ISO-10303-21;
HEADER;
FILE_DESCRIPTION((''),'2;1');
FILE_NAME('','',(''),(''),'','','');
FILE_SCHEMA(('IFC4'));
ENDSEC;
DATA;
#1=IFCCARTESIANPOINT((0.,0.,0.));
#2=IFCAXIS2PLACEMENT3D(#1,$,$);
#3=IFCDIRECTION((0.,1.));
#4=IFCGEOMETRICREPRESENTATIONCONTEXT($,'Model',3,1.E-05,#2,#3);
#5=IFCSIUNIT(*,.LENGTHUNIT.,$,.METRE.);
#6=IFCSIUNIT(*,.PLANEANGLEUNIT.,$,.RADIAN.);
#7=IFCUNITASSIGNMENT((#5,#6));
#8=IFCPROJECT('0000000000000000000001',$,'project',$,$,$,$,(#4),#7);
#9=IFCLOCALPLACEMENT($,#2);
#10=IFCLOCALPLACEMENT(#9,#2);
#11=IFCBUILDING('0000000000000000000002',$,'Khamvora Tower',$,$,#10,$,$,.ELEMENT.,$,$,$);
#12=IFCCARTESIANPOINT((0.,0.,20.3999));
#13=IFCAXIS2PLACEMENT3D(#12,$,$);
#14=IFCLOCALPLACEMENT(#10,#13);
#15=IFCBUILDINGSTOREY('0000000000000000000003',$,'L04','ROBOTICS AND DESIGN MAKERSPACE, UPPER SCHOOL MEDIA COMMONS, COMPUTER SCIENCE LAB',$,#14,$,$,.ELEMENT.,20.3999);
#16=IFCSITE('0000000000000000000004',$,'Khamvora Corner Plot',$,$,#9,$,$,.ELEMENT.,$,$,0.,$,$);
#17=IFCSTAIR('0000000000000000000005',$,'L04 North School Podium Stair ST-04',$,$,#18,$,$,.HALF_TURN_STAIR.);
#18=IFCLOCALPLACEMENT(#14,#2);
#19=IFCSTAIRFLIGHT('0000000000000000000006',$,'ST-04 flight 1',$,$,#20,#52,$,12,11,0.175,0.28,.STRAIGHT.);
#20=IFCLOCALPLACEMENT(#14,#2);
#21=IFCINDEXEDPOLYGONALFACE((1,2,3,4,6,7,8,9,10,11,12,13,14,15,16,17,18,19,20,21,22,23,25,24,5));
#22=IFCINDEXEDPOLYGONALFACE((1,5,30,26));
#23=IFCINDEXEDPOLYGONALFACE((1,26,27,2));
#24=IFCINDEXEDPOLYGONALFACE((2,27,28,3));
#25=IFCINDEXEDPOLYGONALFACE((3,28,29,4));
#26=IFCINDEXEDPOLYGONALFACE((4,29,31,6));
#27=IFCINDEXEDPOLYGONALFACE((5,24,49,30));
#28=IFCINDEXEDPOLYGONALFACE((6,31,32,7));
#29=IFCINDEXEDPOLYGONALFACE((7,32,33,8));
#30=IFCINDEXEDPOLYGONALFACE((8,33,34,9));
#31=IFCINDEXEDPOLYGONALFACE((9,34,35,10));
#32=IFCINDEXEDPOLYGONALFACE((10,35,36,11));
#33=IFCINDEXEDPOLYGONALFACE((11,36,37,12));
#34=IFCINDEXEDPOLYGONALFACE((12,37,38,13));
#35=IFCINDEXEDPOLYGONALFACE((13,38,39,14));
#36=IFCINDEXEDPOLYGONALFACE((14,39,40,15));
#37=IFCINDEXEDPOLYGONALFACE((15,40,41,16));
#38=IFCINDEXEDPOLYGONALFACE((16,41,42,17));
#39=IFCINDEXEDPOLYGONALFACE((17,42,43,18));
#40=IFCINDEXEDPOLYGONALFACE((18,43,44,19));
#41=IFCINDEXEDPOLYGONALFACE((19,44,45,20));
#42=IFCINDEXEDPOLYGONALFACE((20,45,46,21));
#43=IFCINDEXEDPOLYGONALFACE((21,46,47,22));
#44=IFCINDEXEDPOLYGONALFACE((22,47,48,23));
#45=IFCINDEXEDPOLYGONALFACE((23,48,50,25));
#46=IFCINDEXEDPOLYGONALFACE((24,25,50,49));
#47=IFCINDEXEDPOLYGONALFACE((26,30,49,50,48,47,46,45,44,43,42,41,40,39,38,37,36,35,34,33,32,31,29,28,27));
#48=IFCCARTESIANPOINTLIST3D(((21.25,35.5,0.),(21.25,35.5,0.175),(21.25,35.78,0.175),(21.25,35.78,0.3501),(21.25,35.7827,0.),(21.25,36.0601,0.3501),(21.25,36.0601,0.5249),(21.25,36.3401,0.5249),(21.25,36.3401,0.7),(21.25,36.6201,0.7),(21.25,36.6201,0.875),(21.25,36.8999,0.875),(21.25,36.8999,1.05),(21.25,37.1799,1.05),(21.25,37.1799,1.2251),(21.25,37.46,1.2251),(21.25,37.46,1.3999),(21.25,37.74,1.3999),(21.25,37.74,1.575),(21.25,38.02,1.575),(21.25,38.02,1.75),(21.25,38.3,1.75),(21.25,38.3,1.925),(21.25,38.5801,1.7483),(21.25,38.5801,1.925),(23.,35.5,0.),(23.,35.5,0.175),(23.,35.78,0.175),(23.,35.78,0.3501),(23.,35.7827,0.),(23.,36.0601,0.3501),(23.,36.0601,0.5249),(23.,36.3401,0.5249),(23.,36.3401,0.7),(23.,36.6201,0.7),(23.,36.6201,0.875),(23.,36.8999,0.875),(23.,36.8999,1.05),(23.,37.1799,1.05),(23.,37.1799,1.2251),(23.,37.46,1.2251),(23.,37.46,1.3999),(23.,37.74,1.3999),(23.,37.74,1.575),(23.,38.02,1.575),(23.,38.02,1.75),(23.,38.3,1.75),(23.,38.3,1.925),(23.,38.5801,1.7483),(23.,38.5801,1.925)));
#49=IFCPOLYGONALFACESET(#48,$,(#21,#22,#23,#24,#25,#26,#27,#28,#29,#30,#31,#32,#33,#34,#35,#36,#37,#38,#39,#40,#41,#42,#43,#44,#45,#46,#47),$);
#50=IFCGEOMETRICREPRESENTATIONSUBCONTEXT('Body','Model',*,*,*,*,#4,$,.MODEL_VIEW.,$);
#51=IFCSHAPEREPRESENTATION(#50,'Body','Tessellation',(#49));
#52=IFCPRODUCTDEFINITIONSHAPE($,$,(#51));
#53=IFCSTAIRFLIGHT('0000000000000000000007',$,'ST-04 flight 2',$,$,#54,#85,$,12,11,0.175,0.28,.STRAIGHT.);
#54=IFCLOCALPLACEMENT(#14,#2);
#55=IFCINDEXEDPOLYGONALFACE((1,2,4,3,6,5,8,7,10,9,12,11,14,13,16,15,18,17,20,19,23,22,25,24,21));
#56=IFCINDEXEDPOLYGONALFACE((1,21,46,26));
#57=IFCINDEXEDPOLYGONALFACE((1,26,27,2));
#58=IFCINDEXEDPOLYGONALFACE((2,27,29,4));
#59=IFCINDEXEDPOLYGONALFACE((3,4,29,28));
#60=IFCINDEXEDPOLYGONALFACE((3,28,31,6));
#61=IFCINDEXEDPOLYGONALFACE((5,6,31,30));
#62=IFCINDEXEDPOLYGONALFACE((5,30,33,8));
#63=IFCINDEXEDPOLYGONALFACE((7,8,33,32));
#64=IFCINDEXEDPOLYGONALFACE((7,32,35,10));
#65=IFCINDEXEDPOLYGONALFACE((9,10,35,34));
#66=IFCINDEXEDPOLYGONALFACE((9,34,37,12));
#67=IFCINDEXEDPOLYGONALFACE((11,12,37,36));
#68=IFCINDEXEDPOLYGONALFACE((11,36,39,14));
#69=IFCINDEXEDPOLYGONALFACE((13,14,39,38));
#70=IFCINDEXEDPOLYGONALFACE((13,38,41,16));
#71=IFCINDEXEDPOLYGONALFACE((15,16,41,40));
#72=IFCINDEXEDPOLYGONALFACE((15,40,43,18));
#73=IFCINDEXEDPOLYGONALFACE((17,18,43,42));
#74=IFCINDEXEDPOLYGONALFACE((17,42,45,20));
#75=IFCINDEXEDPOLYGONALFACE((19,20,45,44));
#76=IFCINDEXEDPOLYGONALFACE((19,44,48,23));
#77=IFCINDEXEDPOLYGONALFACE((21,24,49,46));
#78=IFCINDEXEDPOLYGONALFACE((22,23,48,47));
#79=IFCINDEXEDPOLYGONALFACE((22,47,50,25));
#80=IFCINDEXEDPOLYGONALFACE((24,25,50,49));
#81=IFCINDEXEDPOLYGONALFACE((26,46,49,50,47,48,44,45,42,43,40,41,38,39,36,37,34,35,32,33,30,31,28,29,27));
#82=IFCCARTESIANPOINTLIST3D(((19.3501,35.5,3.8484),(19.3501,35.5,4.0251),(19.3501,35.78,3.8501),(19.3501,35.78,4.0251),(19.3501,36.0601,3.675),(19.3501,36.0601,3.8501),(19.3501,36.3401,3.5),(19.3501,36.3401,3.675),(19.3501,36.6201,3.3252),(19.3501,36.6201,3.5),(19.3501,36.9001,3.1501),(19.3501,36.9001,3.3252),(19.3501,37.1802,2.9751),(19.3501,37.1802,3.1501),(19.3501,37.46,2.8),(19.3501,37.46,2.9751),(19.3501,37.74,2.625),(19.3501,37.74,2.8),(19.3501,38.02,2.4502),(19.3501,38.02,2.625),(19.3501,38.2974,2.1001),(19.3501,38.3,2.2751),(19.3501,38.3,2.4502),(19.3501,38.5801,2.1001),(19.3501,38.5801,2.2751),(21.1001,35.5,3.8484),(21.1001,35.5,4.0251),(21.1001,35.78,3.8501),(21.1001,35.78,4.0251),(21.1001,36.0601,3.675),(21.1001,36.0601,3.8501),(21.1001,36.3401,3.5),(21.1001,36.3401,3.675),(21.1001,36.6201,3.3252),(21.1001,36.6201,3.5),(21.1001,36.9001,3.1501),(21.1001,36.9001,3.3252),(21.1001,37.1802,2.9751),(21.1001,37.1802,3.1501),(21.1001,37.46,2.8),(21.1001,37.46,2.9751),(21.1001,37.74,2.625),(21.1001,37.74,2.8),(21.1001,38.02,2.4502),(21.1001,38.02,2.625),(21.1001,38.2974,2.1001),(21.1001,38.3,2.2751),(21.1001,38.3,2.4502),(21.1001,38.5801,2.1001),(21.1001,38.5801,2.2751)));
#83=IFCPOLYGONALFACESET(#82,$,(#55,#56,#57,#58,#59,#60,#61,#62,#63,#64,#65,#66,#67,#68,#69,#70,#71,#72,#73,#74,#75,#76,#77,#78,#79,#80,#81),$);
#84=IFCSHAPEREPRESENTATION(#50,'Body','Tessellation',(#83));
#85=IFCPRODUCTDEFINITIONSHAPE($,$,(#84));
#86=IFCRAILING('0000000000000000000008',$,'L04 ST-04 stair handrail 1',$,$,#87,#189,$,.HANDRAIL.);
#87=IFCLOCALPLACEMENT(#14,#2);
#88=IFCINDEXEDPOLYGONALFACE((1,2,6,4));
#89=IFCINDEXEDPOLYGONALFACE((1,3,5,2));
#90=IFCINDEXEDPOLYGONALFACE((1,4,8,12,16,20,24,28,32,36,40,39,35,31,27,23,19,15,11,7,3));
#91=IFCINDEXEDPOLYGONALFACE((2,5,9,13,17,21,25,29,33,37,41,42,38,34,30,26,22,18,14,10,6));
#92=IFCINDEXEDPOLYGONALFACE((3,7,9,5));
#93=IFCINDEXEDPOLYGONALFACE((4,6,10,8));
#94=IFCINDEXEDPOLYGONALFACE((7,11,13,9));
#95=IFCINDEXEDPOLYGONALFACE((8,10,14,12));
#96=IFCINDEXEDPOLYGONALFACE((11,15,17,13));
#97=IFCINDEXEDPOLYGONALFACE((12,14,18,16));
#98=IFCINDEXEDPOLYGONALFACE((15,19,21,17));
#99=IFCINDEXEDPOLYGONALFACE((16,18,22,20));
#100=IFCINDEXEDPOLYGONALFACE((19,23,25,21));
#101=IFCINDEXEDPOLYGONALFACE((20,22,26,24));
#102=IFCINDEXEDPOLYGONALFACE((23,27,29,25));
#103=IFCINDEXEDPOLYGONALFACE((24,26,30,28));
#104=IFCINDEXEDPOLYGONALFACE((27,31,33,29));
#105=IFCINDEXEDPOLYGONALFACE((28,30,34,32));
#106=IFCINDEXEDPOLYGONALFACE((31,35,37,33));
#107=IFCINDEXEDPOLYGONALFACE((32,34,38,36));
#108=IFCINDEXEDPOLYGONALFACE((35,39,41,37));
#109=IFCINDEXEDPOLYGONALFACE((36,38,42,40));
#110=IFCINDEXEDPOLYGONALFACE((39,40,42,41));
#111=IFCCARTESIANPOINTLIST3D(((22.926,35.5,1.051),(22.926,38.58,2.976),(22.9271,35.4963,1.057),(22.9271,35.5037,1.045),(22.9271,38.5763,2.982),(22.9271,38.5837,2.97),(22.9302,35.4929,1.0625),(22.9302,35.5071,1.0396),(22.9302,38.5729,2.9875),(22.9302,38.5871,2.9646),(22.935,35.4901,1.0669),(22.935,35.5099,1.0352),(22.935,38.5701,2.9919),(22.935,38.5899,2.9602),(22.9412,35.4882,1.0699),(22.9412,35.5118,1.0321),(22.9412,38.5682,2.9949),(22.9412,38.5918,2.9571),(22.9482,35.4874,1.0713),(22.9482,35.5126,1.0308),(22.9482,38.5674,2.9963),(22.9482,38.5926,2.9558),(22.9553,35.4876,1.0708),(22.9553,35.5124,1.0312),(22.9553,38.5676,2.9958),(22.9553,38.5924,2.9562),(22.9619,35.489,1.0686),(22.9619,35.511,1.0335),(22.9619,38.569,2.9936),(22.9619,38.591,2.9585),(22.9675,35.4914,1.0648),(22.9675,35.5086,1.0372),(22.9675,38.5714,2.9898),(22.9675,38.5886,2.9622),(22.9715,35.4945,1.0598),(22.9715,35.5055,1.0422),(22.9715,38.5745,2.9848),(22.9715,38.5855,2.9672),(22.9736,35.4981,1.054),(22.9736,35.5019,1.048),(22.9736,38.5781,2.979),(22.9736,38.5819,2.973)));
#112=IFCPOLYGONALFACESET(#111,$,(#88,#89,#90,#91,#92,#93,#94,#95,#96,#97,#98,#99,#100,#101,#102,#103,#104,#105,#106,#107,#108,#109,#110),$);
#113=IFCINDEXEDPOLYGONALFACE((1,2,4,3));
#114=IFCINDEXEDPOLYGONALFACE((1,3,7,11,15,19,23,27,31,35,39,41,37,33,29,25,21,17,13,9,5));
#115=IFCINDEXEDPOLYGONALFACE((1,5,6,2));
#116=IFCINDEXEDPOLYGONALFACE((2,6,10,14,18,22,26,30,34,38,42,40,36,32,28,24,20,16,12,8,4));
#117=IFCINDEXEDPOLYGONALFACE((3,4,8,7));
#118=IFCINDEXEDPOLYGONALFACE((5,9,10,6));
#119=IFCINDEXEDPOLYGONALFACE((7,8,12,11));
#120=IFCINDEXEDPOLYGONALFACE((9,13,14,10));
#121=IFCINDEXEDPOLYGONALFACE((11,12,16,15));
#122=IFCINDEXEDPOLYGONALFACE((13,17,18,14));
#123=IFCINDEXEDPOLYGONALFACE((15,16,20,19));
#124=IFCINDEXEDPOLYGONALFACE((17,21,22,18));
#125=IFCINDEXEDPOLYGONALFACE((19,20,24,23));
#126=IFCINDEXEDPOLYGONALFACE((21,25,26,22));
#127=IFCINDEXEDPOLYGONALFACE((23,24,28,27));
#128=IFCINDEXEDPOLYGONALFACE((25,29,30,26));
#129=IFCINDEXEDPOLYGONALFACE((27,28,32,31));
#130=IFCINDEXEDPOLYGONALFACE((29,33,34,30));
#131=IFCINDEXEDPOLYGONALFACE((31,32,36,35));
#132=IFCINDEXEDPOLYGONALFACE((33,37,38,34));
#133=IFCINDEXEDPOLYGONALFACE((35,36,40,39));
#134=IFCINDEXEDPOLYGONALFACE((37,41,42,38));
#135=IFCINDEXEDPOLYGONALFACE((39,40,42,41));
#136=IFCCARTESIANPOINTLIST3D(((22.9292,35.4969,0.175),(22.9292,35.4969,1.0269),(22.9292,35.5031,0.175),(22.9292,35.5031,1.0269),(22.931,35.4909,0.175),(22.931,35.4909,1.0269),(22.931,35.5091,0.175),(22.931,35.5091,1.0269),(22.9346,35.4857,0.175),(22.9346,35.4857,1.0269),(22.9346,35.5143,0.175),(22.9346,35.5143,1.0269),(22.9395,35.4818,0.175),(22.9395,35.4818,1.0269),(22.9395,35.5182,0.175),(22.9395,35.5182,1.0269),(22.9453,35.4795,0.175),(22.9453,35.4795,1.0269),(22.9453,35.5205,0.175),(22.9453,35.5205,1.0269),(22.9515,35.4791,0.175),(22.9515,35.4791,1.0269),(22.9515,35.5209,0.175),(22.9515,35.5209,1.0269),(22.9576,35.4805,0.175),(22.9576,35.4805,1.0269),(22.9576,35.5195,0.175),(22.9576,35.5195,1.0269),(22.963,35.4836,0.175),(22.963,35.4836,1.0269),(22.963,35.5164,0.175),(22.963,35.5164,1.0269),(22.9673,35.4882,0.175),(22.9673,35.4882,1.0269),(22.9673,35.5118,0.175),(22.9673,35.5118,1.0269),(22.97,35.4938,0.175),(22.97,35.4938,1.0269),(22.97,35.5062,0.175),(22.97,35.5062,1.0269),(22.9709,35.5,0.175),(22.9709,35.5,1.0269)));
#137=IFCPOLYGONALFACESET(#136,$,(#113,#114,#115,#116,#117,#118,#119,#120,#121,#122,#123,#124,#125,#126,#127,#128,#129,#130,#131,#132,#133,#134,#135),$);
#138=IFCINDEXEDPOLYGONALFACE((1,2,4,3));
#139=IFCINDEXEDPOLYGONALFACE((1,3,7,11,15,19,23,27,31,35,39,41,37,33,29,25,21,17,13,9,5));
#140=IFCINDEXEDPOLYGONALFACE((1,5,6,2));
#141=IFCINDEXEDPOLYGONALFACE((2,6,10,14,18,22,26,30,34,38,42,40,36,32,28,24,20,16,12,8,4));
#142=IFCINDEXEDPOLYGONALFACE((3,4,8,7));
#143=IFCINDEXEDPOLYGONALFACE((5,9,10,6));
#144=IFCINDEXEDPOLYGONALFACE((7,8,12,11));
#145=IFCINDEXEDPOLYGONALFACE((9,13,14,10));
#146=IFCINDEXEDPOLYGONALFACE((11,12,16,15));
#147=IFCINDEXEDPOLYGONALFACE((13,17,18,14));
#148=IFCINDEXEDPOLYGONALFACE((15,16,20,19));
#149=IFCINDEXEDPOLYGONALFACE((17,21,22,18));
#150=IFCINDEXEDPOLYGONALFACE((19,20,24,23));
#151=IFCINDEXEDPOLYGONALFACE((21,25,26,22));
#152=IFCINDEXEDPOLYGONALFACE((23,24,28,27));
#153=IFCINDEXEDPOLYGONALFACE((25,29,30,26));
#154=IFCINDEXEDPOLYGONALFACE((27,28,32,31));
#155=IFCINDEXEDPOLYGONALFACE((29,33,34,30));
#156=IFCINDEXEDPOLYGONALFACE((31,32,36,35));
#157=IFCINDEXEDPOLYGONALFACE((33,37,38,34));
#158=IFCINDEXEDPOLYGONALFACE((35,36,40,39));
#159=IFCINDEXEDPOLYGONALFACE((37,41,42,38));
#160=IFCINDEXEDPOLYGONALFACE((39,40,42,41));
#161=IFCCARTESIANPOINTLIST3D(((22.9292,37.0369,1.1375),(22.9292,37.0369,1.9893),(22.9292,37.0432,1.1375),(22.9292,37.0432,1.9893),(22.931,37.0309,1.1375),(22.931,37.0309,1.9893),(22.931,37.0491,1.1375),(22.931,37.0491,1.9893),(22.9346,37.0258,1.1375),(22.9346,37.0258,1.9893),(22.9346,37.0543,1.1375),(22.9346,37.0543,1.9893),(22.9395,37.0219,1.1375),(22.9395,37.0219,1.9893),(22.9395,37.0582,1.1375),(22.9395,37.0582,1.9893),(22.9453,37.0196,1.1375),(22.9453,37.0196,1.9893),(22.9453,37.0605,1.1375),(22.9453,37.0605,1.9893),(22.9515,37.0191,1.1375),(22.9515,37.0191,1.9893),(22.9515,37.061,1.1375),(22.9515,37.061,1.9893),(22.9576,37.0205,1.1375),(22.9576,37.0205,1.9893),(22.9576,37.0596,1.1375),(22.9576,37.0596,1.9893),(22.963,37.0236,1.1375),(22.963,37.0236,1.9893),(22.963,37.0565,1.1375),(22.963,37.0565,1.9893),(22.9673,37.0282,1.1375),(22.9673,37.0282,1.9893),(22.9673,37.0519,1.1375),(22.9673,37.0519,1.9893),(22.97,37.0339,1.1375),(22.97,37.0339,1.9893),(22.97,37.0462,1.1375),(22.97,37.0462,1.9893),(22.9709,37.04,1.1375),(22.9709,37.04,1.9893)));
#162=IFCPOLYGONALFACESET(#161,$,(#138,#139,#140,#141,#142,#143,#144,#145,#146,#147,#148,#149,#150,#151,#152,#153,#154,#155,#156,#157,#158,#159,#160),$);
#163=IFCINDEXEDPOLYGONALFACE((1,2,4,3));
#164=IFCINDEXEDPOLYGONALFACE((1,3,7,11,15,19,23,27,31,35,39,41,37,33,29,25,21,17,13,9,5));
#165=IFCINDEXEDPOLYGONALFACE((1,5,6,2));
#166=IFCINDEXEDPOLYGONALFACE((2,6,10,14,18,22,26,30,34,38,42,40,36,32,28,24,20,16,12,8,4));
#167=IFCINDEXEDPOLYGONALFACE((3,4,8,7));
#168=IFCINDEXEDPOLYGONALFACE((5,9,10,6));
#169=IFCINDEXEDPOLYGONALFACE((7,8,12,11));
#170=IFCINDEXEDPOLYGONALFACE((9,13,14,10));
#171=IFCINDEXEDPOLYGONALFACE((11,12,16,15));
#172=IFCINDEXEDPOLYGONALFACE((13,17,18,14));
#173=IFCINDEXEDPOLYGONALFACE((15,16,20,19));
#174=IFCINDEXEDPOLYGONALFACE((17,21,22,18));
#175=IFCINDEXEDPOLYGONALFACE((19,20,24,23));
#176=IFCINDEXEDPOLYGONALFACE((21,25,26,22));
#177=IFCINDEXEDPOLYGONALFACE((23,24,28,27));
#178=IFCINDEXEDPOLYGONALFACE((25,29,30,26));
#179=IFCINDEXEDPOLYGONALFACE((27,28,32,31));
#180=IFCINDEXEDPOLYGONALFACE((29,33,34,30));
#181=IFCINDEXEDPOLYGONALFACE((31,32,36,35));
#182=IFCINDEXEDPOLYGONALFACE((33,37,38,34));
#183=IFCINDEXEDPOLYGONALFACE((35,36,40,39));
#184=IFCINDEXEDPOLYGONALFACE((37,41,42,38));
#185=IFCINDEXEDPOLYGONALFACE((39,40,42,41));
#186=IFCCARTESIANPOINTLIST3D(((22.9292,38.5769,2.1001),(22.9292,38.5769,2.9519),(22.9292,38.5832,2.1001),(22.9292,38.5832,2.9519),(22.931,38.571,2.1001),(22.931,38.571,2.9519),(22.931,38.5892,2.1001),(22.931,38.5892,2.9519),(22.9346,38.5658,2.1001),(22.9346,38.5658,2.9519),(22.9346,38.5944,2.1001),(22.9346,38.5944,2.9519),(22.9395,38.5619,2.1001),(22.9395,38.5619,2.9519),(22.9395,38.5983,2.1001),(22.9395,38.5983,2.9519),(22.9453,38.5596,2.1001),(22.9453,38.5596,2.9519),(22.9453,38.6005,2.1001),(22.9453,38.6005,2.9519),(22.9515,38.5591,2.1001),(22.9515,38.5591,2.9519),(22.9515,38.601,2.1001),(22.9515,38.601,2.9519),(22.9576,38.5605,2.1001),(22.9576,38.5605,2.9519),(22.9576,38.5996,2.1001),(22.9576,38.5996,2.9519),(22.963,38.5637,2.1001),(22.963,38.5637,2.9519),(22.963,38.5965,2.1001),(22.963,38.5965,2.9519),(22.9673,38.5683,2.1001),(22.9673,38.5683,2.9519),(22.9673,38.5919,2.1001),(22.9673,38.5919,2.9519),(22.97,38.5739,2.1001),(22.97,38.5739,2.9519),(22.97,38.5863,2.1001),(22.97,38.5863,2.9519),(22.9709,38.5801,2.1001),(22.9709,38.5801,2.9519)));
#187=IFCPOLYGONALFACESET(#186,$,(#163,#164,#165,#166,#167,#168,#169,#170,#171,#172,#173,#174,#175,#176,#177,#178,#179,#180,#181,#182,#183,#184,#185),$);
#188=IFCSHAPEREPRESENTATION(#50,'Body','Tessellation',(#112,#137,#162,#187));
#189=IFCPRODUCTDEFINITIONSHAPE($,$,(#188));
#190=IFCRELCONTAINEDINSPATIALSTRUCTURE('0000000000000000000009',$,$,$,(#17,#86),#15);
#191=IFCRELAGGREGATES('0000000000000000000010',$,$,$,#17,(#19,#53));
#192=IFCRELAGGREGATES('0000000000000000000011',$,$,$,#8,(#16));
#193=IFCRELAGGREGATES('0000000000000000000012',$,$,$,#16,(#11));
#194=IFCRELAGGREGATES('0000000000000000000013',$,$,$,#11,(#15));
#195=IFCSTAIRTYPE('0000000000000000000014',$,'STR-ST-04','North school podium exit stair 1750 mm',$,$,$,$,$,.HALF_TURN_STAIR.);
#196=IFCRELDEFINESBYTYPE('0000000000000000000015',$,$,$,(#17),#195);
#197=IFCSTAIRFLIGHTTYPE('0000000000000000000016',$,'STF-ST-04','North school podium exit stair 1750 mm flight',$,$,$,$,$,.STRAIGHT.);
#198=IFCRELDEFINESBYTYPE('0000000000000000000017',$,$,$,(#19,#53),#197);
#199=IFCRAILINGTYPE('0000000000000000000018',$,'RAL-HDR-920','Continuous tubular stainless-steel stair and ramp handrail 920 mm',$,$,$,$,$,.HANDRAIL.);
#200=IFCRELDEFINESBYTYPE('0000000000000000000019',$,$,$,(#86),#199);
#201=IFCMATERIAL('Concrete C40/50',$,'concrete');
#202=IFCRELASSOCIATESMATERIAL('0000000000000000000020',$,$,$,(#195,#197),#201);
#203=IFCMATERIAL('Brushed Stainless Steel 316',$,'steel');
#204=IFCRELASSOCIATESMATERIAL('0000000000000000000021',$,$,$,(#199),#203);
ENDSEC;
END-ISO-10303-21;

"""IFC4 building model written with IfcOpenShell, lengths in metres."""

from ifc_helpers import new_model, si_unit, direction, frame, origin, origin_2d, place, context, subcontext, project, spatial, polyline, circle, outline, extrude, material, type_object, element, aggregate, save


model = new_model("IFC4")

# Units and contexts
model_context = context("Model", 3, precision=1e-05, world=origin(), true_north=direction((0.0, 1.0)))
body_context = subcontext(model_context, "Body", "Model", "MODEL_VIEW")
ifc_project = project(units=[si_unit("LENGTHUNIT", "METRE"), si_unit("PLANEANGLEUNIT", "RADIAN")], contexts=[model_context])

# Site, building, storey
site_placement = place(None, origin())
site = spatial("IfcSite", under=ifc_project, at=site_placement, Name="Khamvora Corner Plot", CompositionType="ELEMENT", RefElevation=0.0)
building_placement = place(site_placement, origin())
building = spatial("IfcBuilding", under=site, at=building_placement, Name="Khamvora Tower", CompositionType="ELEMENT")
storey_placement = place(building_placement, frame((0.0, 0.0, 20.3999)))
storey = spatial("IfcBuildingStorey", under=building, at=storey_placement, Name="L04", Description="ROBOTICS AND DESIGN MAKERSPACE, UPPER SCHOOL MEDIA COMMONS, COMPUTER SCIENCE LAB", CompositionType="ELEMENT", Elevation=20.3999)

# Shared definitions
ifc_material_1 = material(Name="Concrete C40/50", Category="concrete")

# Stair, stair flights
stair_type = type_object("IfcStairType", Name="STR-ST-04", Description="North school podium exit stair 1750 mm", PredefinedType="HALF_TURN_STAIR", material=ifc_material_1)
stair_placement = place(storey_placement, origin())
stair = element("IfcStair", 1, at=stair_placement, inside=storey, type_object=stair_type, Name="L04 North School Podium Stair ST-04", PredefinedType="HALF_TURN_STAIR")
stair_flight_type = type_object("IfcStairFlightType", Name="STF-ST-04", Description="North school podium exit stair 1750 mm flight", PredefinedType="STRAIGHT", material=ifc_material_1)
stair_flight_1_placement = place(storey_placement, frame((22.125, 35.5, 0.0), z_axis=(0.0, 0.0, 1.0), x_axis=(0.0, 1.0, 0.0)))
stair_flight_1 = element("IfcStairFlight", 2, at=stair_flight_1_placement, type_object=stair_flight_type, Name="ST-04 flight 1", NumberOfRisers=12, NumberOfTreads=11, PredefinedType="STRAIGHT", RiserHeight=0.175, TreadLength=0.28, context=body_context, shape_type="SweptSolid", body=[
    extrude(outline(polyline([(0.0, 0.0), (0.0, 0.175), (0.28, 0.175), (0.28, 0.3501), (0.5601, 0.3501), (0.5601, 0.5249), (0.8401, 0.5249), (0.8401, 0.7), (1.1201, 0.7), (1.1201, 0.875), (1.3999, 0.875), (1.3999, 1.05), (1.6799, 1.05), (1.6799, 1.2251), (1.96, 1.2251), (1.96, 1.3999), (2.24, 1.3999), (2.24, 1.575), (2.52, 1.575), (2.52, 1.75), (2.8, 1.75), (2.8, 1.925), (3.0801, 1.925), (3.0801, 2.1001), (3.0801, 1.7483), (0.2827, 0.0), (0.0, 0.0)])), frame((0.0, 0.875, 0.0), z_axis=(0.0, -1.0, 0.0), x_axis=(1.0, 0.0, 0.0)), (0.0, 0.0, 1.0), 1.75),
])
stair_flight_2_placement = place(storey_placement, frame((20.2251, 38.5801, 2.1001), z_axis=(0.0, 0.0, 1.0), x_axis=(0.0, -1.0, 0.0)))
stair_flight_2 = element("IfcStairFlight", 3, at=stair_flight_2_placement, type_object=stair_flight_type, Name="ST-04 flight 2", NumberOfRisers=12, NumberOfTreads=11, PredefinedType="STRAIGHT", RiserHeight=0.175, TreadLength=0.28, context=body_context, shape_type="SweptSolid", body=[
    extrude(outline(polyline([(0.0, 0.0), (0.0, 0.175), (0.28, 0.175), (0.28, 0.3501), (0.5601, 0.3501), (0.5601, 0.5249), (0.8401, 0.5249), (0.8401, 0.7), (1.1201, 0.7), (1.1201, 0.875), (1.3999, 0.875), (1.3999, 1.05), (1.6799, 1.05), (1.6799, 1.2251), (1.96, 1.2251), (1.96, 1.3999), (2.24, 1.3999), (2.24, 1.575), (2.52, 1.575), (2.52, 1.75), (2.8, 1.75), (2.8, 1.925), (3.0801, 1.925), (3.0801, 2.1001), (3.0801, 1.7483), (0.2827, 0.0), (0.0, 0.0)])), frame((0.0, 0.875, 0.0), z_axis=(0.0, -1.0, 0.0), x_axis=(1.0, 0.0, 0.0)), (0.0, 0.0, 1.0), 1.75),
])
aggregate(stair, [stair_flight_1, stair_flight_2])

# Railing
ifc_material_2 = material(Name="Brushed Stainless Steel 316", Category="steel")
railing_type_1 = type_object("IfcRailingType", Name="RAL-HDR-920", Description="Continuous tubular stainless-steel stair and ramp handrail 920 mm", PredefinedType="HANDRAIL", material=ifc_material_2)
railing_1_placement = place(storey_placement, frame((22.95, 35.5, 0.175)))
element("IfcRailing", 4, at=railing_1_placement, inside=storey, type_object=railing_type_1, Name="L04 ST-04 stair handrail 1", PredefinedType="HANDRAIL", context=body_context, shape_type="SweptSolid", body=[
    extrude(circle(Radius=0.0239, at=origin_2d()), frame((0.0, 0.0, 0.876), z_axis=(0.0, 0.847998, 0.529999), x_axis=(-1.0, 0.0, 0.0)), (0.0, 0.0, 1.0), 3.6321),
    extrude(circle(Radius=0.021, at=origin_2d()), origin(), (0.0, 0.0, 1.0), 0.8518),
    extrude(circle(Radius=0.021, at=origin_2d()), frame((0.0, 1.54, 0.9624)), (0.0, 0.0, 1.0), 0.8518),
    extrude(circle(Radius=0.021, at=origin_2d()), frame((0.0, 3.0801, 1.925)), (0.0, 0.0, 1.0), 0.8518),
])

save(model, "model.ifc")
